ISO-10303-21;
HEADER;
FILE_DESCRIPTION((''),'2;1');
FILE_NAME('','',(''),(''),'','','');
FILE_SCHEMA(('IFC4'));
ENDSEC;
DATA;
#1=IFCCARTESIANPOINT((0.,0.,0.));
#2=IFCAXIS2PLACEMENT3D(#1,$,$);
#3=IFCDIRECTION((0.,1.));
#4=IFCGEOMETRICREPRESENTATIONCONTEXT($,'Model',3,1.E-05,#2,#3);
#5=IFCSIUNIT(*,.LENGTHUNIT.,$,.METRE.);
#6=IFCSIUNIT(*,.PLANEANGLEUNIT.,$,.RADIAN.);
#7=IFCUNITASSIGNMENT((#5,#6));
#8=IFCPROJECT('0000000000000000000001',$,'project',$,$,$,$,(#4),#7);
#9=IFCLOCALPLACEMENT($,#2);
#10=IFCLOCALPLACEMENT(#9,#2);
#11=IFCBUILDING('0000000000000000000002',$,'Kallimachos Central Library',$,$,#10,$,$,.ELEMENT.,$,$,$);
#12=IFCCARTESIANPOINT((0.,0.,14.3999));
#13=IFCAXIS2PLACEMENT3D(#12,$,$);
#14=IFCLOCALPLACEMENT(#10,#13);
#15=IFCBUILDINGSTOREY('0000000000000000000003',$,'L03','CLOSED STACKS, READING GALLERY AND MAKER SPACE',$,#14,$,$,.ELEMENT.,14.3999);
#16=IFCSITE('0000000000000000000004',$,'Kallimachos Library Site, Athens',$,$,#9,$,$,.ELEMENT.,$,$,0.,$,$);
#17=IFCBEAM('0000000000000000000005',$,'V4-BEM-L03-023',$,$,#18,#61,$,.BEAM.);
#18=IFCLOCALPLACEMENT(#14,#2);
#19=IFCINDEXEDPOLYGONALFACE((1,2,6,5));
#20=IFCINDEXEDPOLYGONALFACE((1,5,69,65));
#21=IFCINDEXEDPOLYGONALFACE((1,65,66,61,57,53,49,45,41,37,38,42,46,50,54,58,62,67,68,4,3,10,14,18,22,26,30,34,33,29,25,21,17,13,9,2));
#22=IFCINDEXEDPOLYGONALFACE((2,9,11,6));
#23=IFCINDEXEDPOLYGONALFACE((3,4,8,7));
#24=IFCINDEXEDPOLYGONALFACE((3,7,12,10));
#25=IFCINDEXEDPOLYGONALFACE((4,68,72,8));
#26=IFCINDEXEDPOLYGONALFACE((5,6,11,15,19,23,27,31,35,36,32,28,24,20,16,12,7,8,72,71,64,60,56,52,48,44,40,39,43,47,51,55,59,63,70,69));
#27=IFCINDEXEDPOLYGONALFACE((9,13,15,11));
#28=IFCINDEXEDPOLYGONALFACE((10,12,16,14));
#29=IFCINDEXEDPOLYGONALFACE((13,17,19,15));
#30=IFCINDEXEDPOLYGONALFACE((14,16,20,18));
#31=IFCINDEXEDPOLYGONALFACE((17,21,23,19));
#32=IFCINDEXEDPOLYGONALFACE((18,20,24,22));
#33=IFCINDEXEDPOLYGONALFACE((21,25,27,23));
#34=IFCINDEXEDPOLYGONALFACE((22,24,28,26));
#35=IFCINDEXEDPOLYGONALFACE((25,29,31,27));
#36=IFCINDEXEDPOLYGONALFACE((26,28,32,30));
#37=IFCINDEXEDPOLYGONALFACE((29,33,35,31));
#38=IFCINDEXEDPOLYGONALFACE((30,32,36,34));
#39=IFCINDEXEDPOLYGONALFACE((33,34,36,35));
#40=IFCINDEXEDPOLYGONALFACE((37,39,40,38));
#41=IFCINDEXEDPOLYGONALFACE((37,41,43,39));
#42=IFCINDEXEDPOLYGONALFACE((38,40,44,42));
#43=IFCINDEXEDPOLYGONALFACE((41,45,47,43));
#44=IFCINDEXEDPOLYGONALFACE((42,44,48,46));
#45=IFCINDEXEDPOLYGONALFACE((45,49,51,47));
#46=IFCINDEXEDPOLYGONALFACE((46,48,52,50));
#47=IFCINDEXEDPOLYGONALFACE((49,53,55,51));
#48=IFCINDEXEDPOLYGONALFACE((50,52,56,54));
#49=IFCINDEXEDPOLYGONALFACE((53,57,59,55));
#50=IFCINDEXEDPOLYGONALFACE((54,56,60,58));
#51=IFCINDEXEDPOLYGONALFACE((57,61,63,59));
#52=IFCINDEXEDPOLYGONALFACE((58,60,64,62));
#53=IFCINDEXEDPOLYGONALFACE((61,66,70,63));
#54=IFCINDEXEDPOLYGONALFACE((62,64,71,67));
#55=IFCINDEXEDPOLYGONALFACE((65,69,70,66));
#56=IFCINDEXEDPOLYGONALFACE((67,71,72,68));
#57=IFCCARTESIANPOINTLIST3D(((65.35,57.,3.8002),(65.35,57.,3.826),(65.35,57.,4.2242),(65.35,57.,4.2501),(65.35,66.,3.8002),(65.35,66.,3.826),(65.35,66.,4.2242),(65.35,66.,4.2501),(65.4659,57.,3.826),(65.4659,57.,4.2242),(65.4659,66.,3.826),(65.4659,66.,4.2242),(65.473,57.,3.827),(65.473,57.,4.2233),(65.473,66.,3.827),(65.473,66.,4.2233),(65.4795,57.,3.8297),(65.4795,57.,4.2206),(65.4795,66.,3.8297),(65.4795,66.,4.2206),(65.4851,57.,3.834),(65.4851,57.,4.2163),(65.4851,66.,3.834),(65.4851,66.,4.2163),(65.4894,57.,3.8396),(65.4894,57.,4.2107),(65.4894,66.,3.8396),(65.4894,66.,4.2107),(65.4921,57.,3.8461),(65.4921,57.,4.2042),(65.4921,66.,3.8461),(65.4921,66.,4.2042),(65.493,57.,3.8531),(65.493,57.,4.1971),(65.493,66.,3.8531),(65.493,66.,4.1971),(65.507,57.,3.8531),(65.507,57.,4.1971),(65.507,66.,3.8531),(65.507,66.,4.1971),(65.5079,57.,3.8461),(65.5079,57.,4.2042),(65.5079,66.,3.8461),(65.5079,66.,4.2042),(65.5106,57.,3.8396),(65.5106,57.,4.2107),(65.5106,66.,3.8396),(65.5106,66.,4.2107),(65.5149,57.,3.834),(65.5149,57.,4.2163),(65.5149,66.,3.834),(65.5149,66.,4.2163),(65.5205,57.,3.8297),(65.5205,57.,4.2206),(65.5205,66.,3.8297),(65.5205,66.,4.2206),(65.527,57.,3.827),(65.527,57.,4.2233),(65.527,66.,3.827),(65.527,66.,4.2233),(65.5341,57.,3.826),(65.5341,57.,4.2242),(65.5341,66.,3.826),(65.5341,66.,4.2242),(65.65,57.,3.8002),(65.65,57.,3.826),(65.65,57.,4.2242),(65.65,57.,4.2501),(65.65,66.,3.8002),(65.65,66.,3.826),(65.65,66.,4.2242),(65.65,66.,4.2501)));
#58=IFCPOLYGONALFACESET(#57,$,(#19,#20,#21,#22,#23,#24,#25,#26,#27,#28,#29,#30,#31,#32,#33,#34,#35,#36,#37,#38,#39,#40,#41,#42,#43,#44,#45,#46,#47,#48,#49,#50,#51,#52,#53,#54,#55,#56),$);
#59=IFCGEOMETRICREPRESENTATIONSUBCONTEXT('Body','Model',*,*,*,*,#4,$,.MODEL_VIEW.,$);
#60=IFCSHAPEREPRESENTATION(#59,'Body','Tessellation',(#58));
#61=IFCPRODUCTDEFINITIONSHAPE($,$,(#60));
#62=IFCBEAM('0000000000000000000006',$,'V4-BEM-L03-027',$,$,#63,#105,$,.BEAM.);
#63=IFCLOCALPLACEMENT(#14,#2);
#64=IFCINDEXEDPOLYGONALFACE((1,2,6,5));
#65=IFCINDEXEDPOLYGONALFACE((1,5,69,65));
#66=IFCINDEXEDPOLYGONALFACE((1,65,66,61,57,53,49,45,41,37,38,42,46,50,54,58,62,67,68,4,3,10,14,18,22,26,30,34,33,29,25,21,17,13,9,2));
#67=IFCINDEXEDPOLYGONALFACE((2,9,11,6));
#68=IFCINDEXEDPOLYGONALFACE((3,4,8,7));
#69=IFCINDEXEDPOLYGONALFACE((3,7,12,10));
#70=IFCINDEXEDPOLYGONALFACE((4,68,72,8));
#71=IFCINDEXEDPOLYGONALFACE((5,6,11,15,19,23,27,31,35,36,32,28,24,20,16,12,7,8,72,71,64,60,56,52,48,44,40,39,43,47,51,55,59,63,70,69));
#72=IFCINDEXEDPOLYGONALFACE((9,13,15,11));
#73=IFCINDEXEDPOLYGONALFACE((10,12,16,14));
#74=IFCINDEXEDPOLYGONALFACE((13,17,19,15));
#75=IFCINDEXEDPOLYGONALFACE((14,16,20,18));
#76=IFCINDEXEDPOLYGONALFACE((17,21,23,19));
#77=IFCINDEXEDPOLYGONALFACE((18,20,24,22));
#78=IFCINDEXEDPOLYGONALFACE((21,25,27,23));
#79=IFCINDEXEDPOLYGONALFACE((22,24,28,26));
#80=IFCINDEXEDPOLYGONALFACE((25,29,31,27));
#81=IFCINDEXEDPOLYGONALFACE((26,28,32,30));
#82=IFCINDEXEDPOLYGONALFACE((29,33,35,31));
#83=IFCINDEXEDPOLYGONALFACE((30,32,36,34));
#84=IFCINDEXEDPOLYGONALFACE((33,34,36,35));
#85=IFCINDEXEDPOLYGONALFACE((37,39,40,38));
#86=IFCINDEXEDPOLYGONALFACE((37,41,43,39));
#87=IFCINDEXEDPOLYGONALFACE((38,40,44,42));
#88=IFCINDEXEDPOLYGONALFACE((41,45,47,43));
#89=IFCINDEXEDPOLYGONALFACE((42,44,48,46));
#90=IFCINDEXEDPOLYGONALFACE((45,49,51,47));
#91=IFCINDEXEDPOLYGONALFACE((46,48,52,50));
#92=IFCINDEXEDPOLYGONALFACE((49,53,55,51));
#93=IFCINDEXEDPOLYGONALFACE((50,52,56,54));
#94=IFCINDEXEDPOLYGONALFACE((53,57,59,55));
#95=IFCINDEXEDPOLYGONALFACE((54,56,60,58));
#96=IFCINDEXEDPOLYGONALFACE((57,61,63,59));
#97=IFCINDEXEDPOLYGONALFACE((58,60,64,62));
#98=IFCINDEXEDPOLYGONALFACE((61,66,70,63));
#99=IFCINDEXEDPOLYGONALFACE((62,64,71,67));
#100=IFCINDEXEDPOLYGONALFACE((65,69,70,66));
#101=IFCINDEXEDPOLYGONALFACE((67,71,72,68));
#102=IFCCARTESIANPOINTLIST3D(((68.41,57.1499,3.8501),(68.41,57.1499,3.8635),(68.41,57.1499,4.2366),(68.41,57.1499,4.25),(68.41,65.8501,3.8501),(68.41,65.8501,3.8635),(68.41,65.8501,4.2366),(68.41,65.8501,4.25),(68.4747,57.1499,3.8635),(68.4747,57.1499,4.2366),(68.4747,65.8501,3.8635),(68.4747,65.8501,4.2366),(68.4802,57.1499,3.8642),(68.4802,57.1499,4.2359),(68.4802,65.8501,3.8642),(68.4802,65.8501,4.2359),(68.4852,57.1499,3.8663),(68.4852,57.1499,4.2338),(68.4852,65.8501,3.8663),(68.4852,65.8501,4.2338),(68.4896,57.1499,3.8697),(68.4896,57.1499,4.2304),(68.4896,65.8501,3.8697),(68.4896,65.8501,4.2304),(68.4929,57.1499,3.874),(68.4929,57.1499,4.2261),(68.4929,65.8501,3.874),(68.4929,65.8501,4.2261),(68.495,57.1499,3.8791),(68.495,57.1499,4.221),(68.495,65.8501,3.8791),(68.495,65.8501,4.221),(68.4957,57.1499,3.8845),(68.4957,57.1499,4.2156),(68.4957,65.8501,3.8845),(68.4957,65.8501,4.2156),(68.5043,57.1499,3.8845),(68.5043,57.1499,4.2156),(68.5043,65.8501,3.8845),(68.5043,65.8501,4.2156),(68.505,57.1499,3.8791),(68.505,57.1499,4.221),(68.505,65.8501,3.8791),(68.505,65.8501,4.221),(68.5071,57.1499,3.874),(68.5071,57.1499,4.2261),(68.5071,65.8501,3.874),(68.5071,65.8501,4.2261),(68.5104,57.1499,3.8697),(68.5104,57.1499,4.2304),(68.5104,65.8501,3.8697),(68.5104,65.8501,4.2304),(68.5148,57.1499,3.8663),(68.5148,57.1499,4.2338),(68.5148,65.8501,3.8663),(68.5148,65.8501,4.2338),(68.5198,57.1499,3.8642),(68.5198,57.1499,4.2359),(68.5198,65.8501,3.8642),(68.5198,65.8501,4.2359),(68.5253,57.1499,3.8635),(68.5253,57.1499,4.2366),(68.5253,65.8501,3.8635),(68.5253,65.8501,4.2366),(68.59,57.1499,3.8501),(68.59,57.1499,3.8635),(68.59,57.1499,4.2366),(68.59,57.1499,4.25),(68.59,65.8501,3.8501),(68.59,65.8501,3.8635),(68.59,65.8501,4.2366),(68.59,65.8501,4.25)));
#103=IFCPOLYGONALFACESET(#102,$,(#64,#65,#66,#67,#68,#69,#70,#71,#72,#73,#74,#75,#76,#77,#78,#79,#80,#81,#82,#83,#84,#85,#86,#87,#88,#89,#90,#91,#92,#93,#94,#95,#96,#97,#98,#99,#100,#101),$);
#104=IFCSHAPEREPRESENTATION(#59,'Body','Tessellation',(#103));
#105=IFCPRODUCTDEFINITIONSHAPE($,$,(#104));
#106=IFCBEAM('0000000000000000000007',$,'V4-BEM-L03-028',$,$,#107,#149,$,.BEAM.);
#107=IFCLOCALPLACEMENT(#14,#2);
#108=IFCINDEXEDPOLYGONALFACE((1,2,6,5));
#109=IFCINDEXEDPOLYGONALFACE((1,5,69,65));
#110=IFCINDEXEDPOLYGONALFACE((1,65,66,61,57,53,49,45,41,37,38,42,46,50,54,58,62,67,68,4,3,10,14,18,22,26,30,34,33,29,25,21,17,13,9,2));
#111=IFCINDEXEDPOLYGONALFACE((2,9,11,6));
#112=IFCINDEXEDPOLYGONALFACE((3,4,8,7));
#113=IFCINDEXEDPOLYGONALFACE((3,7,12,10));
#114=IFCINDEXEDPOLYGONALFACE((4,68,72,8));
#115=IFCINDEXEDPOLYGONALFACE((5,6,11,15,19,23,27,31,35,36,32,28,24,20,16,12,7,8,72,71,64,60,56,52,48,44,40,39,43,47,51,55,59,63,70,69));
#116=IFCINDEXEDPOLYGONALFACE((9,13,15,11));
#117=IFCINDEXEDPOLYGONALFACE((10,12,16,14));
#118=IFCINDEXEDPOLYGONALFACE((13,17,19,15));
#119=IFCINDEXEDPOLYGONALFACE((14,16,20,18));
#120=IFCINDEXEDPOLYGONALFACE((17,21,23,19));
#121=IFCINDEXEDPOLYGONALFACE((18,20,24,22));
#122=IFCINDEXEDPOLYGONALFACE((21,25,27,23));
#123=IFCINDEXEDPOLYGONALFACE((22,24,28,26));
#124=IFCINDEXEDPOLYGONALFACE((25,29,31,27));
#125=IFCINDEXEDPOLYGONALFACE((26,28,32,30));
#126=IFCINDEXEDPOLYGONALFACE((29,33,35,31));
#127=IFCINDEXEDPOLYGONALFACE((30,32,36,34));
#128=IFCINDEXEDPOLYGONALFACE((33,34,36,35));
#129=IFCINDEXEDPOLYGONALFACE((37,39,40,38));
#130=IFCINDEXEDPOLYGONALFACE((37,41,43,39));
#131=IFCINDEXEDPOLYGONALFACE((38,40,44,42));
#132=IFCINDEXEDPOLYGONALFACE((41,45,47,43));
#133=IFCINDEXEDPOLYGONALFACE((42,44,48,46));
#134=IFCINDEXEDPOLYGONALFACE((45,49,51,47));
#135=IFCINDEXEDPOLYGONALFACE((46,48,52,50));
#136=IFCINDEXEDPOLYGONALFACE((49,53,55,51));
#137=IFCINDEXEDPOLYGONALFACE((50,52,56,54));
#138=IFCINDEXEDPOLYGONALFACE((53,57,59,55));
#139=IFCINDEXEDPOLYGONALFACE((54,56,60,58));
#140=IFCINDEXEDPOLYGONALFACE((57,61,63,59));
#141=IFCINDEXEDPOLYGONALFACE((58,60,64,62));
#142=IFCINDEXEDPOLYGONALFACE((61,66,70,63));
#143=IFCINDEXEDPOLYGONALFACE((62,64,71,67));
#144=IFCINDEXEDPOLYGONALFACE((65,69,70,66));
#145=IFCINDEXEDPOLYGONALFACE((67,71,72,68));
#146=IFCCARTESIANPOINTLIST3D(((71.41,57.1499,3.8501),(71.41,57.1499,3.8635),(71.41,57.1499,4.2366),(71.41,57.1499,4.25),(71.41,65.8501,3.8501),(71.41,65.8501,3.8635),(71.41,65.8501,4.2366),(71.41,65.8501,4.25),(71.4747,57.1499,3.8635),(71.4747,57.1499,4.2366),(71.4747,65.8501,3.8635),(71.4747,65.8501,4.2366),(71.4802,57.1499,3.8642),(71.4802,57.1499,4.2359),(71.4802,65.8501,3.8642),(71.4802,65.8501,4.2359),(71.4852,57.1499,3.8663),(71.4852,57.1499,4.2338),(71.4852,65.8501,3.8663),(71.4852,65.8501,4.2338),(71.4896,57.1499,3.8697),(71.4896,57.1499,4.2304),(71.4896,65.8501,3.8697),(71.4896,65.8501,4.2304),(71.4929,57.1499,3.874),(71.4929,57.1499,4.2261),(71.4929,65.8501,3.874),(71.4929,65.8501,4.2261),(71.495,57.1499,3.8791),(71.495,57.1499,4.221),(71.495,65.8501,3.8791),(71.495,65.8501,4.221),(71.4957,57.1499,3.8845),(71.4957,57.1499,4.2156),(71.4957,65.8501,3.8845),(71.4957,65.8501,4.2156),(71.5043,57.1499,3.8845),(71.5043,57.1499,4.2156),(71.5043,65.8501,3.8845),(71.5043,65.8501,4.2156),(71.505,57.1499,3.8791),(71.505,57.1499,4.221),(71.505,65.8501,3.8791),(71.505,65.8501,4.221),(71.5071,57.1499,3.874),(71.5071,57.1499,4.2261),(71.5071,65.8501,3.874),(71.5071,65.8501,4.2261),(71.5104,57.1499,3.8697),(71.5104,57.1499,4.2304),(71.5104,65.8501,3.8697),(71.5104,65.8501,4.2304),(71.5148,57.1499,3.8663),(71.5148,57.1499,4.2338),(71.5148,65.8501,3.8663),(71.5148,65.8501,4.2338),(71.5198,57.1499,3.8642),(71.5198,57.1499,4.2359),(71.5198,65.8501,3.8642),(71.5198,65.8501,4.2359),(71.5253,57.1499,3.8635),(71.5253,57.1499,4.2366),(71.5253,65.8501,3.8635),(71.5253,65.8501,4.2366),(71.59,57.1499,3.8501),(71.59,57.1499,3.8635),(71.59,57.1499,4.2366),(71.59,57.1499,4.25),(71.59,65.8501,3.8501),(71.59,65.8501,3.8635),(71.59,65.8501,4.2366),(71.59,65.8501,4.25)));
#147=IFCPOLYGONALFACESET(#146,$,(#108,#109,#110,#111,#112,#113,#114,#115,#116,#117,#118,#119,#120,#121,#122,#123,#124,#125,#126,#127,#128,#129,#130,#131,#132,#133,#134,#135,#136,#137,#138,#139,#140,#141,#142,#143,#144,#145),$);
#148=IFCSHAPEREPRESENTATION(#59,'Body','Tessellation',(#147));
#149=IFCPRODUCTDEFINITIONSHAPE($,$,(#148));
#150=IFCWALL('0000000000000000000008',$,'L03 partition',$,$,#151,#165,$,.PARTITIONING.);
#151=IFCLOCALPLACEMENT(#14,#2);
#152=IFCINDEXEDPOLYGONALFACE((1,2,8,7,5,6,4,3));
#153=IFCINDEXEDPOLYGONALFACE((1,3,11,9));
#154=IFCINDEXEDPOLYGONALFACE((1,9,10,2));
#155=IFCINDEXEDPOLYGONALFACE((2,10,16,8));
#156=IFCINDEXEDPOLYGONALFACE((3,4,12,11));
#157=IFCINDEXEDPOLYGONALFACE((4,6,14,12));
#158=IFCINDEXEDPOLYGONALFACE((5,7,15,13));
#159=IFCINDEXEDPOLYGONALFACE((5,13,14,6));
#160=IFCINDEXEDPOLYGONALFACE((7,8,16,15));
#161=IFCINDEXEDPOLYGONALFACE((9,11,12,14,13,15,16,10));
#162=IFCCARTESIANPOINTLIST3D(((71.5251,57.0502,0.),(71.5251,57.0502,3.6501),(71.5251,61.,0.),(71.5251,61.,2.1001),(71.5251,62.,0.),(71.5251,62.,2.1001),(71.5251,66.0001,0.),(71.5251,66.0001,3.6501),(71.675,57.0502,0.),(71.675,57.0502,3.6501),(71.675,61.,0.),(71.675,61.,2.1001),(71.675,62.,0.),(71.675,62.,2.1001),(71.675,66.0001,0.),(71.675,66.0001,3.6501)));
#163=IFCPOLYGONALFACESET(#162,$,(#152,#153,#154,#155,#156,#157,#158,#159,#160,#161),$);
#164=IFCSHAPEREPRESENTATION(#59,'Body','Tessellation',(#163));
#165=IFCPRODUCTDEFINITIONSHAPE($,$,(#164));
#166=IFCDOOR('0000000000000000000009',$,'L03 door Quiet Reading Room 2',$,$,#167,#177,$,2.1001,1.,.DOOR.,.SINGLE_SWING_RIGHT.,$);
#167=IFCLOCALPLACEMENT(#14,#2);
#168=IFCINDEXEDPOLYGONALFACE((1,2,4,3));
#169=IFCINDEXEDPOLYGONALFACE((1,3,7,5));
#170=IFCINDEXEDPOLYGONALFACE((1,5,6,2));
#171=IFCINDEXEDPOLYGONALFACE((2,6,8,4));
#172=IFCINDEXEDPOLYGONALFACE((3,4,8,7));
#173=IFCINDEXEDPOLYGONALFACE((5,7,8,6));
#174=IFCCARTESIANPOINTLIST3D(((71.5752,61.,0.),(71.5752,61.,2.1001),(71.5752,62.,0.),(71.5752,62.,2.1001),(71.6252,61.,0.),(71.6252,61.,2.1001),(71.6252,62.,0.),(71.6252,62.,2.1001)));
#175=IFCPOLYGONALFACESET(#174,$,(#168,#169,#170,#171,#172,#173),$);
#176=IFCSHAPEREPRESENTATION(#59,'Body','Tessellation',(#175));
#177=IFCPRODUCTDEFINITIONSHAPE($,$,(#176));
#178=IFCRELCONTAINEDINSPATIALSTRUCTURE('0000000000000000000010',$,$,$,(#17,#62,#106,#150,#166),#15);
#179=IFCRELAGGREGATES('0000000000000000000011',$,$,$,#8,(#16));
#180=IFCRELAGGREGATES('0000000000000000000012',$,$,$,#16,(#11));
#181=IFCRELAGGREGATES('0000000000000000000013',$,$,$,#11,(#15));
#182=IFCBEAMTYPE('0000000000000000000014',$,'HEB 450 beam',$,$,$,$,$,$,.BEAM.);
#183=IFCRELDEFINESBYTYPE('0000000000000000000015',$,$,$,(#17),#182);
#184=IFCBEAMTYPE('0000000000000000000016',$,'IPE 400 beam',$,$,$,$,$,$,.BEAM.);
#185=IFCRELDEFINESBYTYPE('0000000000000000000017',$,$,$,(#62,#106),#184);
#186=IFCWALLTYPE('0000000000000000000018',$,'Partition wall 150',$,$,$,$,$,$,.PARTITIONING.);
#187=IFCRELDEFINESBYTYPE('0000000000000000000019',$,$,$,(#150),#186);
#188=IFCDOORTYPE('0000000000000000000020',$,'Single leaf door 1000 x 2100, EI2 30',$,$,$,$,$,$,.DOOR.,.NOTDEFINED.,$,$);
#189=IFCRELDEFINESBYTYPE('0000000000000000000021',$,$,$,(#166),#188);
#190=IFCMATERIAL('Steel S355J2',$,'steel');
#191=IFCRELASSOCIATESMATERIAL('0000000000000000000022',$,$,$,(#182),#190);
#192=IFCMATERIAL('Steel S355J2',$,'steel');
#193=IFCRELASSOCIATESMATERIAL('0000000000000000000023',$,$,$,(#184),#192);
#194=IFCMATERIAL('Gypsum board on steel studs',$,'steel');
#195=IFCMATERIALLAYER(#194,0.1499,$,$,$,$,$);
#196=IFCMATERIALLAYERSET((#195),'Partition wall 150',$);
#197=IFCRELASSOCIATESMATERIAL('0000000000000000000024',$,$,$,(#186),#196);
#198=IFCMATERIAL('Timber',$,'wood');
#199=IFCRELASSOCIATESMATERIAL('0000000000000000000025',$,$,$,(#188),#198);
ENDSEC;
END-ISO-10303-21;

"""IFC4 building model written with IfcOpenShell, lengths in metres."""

from ifc_helpers import new_model, si_unit, direction, frame, frame_2d, origin, origin_2d, place, context, subcontext, project, spatial, rectangle, i_section, extrude, material, layer, layer_set, material_profile, profile_set, type_object, element, fill, save


model = new_model("IFC4")

# Units and contexts
model_context = context("Model", 3, precision=1e-05, world=origin(), true_north=direction((0.0, 1.0)))
body_context = subcontext(model_context, "Body", "Model", "MODEL_VIEW")
ifc_project = project(units=[si_unit("LENGTHUNIT", "METRE"), si_unit("PLANEANGLEUNIT", "RADIAN")], contexts=[model_context])

# Site, building, storey
site_placement = place(None, origin())
site = spatial("IfcSite", under=ifc_project, at=site_placement, Name="Kallimachos Library Site, Athens", CompositionType="ELEMENT", RefElevation=0.0)
building_placement = place(site_placement, origin())
building = spatial("IfcBuilding", under=site, at=building_placement, Name="Kallimachos Central Library", CompositionType="ELEMENT")
storey_placement = place(building_placement, frame((0.0, 0.0, 14.3999)))
storey = spatial("IfcBuildingStorey", under=building, at=storey_placement, Name="L03", Description="CLOSED STACKS, READING GALLERY AND MAKER SPACE", CompositionType="ELEMENT", Elevation=14.3999)

# Beams
ifc_material_1 = material(Name="Steel S355J2", Category="steel")
ifc_material_profile_1 = material_profile(ifc_material_1, i_section(OverallWidth=0.3, OverallDepth=0.45, WebThickness=0.0139, FlangeThickness=0.0259, FilletRadius=0.0271, at=origin_2d()), Name="HEB 450")
ifc_profile_set_1 = profile_set([ifc_material_profile_1], Name="Steel S355J2")
beam_type_1 = type_object("IfcBeamType", Name="HEB 450 beam", PredefinedType="BEAM", material=ifc_profile_set_1)
for number, where, z_axis, x_axis, name in (
    (1, (65.5, 57.0, 4.0251), (0.0, 1.0, 0.0), (-1.0, 0.0, 0.0), "V4-BEM-L03-023"),
):
    element("IfcBeam", number, at=place(storey_placement, frame(where, z_axis=z_axis, x_axis=x_axis)), inside=storey, type_object=beam_type_1, Name=name, PredefinedType="BEAM", context=body_context, shape_type="SweptSolid", body=[
        extrude(i_section(OverallWidth=0.3, OverallDepth=0.45, WebThickness=0.0139, FlangeThickness=0.0259, FilletRadius=0.0271, at=origin_2d()), origin(), (0.0, 0.0, 1.0), 9.0),
    ])
ifc_material_2 = material(Name="Steel S355J2", Category="steel")
ifc_material_profile_2 = material_profile(ifc_material_2, i_section(OverallWidth=0.1799, OverallDepth=0.3999, WebThickness=0.0085, FlangeThickness=0.0134, FilletRadius=0.021, at=origin_2d()), Name="IPE 400")
ifc_profile_set_2 = profile_set([ifc_material_profile_2], Name="Steel S355J2")
beam_type_2 = type_object("IfcBeamType", Name="IPE 400 beam", PredefinedType="BEAM", material=ifc_profile_set_2)
for number, where, z_axis, x_axis, name in (
    (2, (68.5, 57.1499, 4.05), (0.0, 1.0, 0.0), (-1.0, 0.0, 0.0), "V4-BEM-L03-027"),
    (3, (71.5, 57.1499, 4.05), (0.0, 1.0, 0.0), (-1.0, 0.0, 0.0), "V4-BEM-L03-028"),
):
    element("IfcBeam", number, at=place(storey_placement, frame(where, z_axis=z_axis, x_axis=x_axis)), inside=storey, type_object=beam_type_2, Name=name, PredefinedType="BEAM", context=body_context, shape_type="SweptSolid", body=[
        extrude(i_section(OverallWidth=0.1799, OverallDepth=0.3999, WebThickness=0.0085, FlangeThickness=0.0134, FilletRadius=0.021, at=origin_2d()), origin(), (0.0, 0.0, 1.0), 8.7002),
    ])

# Wall, opening, door
ifc_material_3 = material(Name="Gypsum board on steel studs", Category="steel")
ifc_layer_1 = layer(ifc_material_3, 0.1499)
ifc_layer_set_1 = layer_set([ifc_layer_1], Name="Partition wall 150")
wall_type_1 = type_object("IfcWallType", Name="Partition wall 150", PredefinedType="PARTITIONING", material=ifc_layer_set_1)
wall_1_placement = place(storey_placement, frame((71.6001, 57.05, 0.0), z_axis=(0.0, 0.0, 1.0), x_axis=(0.0, 1.0, 0.0)))
wall_1 = element("IfcWall", 4, at=wall_1_placement, inside=storey, type_object=wall_type_1, Name="L03 partition", PredefinedType="PARTITIONING", context=body_context, shape_type="SweptSolid", body=[
    extrude(rectangle(XDim=8.95, YDim=0.1499, at=frame_2d((4.4751, 0.0))), origin(), (0.0, 0.0, 1.0), 3.6501),
])
opening_1_placement = place(wall_1_placement, frame((3.95, 0.0, 0.0)))
opening_1 = element("IfcOpeningElement", 5, at=opening_1_placement, cuts=wall_1, PredefinedType="OPENING", context=body_context, shape_type="SweptSolid", body=[
    extrude(rectangle(XDim=1.0, YDim=2.1001, at=frame_2d((0.5, 1.05))), frame((0.0, 0.085, 0.0), z_axis=(0.0, -1.0, 0.0), x_axis=(1.0, 0.0, 0.0)), (0.0, 0.0, 1.0), 0.1699),
])
ifc_material_4 = material(Name="Timber", Category="wood")
door_type = type_object("IfcDoorType", Name="Single leaf door 1000 x 2100, EI2 30", OperationType="NOTDEFINED", PredefinedType="DOOR", material=ifc_material_4)
door_placement = place(opening_1_placement, origin())
door = element("IfcDoor", 6, at=door_placement, inside=storey, type_object=door_type, Name="L03 door Quiet Reading Room 2", OperationType="SINGLE_SWING_RIGHT", OverallHeight=2.1001, OverallWidth=1.0, PredefinedType="DOOR", context=body_context, shape_type="SweptSolid", body=[
    extrude(rectangle(XDim=1.0, YDim=2.1001, at=frame_2d((0.5, 1.05))), frame((0.0, 0.0249, 0.0), z_axis=(0.0, -1.0, 0.0), x_axis=(1.0, 0.0, 0.0)), (0.0, 0.0, 1.0), 0.05),
])
fill(opening_1, door)

save(model, "model.ifc")
